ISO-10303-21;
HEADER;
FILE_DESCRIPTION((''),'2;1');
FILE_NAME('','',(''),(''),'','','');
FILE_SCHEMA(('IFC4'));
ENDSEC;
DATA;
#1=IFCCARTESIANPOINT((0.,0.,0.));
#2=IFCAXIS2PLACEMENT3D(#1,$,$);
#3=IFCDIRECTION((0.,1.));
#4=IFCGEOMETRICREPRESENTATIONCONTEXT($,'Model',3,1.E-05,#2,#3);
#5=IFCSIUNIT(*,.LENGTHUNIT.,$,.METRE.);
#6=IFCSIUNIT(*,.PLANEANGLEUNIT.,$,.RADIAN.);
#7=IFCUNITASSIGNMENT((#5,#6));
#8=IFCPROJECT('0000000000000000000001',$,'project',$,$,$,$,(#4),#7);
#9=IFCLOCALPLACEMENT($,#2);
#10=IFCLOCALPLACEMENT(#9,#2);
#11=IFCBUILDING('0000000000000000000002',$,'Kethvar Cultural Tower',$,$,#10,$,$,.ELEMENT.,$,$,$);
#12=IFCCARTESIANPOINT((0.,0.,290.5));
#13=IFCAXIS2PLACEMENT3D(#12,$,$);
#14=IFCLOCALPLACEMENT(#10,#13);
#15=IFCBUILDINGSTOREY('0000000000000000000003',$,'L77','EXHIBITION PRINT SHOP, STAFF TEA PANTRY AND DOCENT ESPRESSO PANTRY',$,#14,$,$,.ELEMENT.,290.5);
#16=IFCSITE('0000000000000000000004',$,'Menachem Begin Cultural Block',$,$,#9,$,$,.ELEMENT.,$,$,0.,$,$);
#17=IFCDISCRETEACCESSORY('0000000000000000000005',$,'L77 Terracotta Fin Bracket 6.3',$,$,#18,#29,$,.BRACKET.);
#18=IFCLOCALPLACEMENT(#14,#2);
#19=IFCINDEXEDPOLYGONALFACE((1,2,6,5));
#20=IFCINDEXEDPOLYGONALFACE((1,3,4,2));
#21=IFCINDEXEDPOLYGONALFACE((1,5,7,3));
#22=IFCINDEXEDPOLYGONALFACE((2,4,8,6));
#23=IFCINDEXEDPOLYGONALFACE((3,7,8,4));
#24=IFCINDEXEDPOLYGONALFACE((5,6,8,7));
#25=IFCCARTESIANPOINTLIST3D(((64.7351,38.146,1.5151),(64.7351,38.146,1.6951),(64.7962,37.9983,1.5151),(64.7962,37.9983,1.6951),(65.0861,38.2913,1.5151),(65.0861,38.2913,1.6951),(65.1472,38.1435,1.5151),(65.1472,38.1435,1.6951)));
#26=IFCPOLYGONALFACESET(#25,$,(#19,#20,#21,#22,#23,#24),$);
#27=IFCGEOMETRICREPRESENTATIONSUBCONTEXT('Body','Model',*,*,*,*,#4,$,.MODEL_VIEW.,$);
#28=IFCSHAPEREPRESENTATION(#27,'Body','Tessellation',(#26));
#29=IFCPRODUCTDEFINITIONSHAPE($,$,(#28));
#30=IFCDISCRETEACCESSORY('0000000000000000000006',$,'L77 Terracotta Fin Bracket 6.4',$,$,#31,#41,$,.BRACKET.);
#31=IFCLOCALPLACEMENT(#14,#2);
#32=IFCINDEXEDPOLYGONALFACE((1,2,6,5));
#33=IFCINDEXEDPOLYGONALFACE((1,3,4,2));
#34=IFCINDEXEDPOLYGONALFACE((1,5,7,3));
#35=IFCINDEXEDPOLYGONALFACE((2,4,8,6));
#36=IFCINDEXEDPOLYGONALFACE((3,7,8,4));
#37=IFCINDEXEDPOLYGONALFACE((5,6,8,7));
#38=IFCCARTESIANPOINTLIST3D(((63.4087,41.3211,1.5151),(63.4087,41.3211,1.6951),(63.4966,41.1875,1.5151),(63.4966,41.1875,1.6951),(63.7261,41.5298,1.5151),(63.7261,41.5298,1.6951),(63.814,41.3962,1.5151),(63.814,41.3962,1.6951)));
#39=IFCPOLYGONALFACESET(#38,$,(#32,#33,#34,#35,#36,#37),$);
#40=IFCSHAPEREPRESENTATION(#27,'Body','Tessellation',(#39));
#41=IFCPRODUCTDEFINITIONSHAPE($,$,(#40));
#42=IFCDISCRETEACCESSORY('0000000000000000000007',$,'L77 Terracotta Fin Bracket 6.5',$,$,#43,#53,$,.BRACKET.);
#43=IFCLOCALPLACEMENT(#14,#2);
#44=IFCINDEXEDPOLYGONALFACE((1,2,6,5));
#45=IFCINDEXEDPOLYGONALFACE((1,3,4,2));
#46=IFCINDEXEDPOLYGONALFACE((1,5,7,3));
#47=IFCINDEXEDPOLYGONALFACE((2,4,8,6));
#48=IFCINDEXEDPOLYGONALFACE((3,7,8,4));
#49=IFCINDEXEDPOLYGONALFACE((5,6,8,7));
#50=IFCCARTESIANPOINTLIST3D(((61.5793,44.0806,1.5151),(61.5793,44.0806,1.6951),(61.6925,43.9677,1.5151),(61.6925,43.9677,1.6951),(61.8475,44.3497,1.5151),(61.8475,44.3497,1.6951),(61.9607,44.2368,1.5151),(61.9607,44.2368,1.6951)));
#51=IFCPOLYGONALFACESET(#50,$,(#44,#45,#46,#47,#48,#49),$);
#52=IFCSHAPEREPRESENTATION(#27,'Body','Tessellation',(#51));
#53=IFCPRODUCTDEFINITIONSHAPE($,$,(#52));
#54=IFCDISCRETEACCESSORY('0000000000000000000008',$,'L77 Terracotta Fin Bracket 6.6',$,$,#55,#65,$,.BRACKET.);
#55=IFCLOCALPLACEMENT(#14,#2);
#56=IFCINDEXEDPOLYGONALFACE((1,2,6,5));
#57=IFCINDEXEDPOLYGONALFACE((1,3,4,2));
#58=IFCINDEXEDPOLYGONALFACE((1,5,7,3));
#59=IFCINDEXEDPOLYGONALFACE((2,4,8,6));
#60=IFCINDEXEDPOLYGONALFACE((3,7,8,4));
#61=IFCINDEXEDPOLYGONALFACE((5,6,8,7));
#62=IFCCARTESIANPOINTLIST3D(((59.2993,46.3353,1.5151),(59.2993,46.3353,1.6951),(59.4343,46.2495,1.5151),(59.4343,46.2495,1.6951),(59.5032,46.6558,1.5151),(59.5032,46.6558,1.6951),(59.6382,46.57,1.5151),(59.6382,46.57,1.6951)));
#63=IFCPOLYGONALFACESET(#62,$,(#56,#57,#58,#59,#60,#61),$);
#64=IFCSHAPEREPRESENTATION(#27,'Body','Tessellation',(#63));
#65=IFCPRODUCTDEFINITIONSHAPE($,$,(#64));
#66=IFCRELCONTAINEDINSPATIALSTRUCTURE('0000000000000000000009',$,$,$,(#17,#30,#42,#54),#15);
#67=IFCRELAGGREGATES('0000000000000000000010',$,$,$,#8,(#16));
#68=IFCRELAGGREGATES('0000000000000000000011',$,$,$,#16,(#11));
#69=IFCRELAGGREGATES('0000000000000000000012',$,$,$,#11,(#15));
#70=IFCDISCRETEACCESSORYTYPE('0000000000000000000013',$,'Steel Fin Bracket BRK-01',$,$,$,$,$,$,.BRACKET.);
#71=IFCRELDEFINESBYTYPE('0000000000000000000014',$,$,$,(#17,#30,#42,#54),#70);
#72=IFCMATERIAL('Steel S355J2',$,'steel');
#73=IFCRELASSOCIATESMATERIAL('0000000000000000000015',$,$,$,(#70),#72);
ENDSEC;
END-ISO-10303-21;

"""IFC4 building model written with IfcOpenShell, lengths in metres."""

from ifc_helpers import new_model, si_unit, direction, frame, origin, origin_2d, place, context, subcontext, project, spatial, rectangle, extrude, source, transform, mapped, material, type_object, element, save


model = new_model("IFC4")

# Units and contexts
model_context = context("Model", 3, precision=1e-05, world=origin(), true_north=direction((0.0, 1.0)))
body_context = subcontext(model_context, "Body", "Model", "MODEL_VIEW")
ifc_project = project(units=[si_unit("LENGTHUNIT", "METRE"), si_unit("PLANEANGLEUNIT", "RADIAN")], contexts=[model_context])

# Site, building, storey
site_placement = place(None, origin())
site = spatial("IfcSite", under=ifc_project, at=site_placement, Name="Menachem Begin Cultural Block", CompositionType="ELEMENT", RefElevation=0.0)
building_placement = place(site_placement, origin())
building = spatial("IfcBuilding", under=site, at=building_placement, Name="Kethvar Cultural Tower", CompositionType="ELEMENT")
storey_placement = place(building_placement, frame((0.0, 0.0, 290.5)))
storey = spatial("IfcBuildingStorey", under=building, at=storey_placement, Name="L77", Description="EXHIBITION PRINT SHOP, STAFF TEA PANTRY AND DOCENT ESPRESSO PANTRY", CompositionType="ELEMENT", Elevation=290.5)

# Shared definitions
ifc_material_1 = material(Name="Steel S355J2", Category="steel")

# Discrete accessories
discrete_accessory_type = type_object("IfcDiscreteAccessoryType", Name="Steel Fin Bracket BRK-01", PredefinedType="BRACKET", material=ifc_material_1)
shared_shape_1 = source(origin(), body_context, "Body", "SweptSolid", [
    extrude(rectangle(XDim=0.3799, YDim=0.1599, at=origin_2d()), origin(), (0.0, 0.0, 1.0), 0.1799),
])
for number, where, z_axis, x_axis, name in (
    (1, (64.9412, 38.1448, 1.5151), (0.0, 0.0, 1.0), (0.924013, 0.382361, 0.0), "L77 Terracotta Fin Bracket 6.3"),
    (2, (63.6113, 41.3586, 1.5151), (0.0, 0.0, 1.0), (0.83552, 0.54946, 0.0), "L77 Terracotta Fin Bracket 6.4"),
    (3, (61.77, 44.1587, 1.5151), (0.0, 0.0, 1.0), (0.705995, 0.708217, 0.0), "L77 Terracotta Fin Bracket 6.5"),
    (4, (59.4688, 46.4526, 1.5151), (0.0, 0.0, 1.0), (0.536711, 0.843766, 0.0), "L77 Terracotta Fin Bracket 6.6"),
):
    element("IfcDiscreteAccessory", number, at=place(storey_placement, frame(where, z_axis=z_axis, x_axis=x_axis)), inside=storey, type_object=discrete_accessory_type, Name=name, PredefinedType="BRACKET", context=body_context, shape_type="MappedRepresentation", body=[
        mapped(shared_shape_1, transform((0.0, 0.0, 0.0), scale=1.0)),
    ])

save(model, "model.ifc")
